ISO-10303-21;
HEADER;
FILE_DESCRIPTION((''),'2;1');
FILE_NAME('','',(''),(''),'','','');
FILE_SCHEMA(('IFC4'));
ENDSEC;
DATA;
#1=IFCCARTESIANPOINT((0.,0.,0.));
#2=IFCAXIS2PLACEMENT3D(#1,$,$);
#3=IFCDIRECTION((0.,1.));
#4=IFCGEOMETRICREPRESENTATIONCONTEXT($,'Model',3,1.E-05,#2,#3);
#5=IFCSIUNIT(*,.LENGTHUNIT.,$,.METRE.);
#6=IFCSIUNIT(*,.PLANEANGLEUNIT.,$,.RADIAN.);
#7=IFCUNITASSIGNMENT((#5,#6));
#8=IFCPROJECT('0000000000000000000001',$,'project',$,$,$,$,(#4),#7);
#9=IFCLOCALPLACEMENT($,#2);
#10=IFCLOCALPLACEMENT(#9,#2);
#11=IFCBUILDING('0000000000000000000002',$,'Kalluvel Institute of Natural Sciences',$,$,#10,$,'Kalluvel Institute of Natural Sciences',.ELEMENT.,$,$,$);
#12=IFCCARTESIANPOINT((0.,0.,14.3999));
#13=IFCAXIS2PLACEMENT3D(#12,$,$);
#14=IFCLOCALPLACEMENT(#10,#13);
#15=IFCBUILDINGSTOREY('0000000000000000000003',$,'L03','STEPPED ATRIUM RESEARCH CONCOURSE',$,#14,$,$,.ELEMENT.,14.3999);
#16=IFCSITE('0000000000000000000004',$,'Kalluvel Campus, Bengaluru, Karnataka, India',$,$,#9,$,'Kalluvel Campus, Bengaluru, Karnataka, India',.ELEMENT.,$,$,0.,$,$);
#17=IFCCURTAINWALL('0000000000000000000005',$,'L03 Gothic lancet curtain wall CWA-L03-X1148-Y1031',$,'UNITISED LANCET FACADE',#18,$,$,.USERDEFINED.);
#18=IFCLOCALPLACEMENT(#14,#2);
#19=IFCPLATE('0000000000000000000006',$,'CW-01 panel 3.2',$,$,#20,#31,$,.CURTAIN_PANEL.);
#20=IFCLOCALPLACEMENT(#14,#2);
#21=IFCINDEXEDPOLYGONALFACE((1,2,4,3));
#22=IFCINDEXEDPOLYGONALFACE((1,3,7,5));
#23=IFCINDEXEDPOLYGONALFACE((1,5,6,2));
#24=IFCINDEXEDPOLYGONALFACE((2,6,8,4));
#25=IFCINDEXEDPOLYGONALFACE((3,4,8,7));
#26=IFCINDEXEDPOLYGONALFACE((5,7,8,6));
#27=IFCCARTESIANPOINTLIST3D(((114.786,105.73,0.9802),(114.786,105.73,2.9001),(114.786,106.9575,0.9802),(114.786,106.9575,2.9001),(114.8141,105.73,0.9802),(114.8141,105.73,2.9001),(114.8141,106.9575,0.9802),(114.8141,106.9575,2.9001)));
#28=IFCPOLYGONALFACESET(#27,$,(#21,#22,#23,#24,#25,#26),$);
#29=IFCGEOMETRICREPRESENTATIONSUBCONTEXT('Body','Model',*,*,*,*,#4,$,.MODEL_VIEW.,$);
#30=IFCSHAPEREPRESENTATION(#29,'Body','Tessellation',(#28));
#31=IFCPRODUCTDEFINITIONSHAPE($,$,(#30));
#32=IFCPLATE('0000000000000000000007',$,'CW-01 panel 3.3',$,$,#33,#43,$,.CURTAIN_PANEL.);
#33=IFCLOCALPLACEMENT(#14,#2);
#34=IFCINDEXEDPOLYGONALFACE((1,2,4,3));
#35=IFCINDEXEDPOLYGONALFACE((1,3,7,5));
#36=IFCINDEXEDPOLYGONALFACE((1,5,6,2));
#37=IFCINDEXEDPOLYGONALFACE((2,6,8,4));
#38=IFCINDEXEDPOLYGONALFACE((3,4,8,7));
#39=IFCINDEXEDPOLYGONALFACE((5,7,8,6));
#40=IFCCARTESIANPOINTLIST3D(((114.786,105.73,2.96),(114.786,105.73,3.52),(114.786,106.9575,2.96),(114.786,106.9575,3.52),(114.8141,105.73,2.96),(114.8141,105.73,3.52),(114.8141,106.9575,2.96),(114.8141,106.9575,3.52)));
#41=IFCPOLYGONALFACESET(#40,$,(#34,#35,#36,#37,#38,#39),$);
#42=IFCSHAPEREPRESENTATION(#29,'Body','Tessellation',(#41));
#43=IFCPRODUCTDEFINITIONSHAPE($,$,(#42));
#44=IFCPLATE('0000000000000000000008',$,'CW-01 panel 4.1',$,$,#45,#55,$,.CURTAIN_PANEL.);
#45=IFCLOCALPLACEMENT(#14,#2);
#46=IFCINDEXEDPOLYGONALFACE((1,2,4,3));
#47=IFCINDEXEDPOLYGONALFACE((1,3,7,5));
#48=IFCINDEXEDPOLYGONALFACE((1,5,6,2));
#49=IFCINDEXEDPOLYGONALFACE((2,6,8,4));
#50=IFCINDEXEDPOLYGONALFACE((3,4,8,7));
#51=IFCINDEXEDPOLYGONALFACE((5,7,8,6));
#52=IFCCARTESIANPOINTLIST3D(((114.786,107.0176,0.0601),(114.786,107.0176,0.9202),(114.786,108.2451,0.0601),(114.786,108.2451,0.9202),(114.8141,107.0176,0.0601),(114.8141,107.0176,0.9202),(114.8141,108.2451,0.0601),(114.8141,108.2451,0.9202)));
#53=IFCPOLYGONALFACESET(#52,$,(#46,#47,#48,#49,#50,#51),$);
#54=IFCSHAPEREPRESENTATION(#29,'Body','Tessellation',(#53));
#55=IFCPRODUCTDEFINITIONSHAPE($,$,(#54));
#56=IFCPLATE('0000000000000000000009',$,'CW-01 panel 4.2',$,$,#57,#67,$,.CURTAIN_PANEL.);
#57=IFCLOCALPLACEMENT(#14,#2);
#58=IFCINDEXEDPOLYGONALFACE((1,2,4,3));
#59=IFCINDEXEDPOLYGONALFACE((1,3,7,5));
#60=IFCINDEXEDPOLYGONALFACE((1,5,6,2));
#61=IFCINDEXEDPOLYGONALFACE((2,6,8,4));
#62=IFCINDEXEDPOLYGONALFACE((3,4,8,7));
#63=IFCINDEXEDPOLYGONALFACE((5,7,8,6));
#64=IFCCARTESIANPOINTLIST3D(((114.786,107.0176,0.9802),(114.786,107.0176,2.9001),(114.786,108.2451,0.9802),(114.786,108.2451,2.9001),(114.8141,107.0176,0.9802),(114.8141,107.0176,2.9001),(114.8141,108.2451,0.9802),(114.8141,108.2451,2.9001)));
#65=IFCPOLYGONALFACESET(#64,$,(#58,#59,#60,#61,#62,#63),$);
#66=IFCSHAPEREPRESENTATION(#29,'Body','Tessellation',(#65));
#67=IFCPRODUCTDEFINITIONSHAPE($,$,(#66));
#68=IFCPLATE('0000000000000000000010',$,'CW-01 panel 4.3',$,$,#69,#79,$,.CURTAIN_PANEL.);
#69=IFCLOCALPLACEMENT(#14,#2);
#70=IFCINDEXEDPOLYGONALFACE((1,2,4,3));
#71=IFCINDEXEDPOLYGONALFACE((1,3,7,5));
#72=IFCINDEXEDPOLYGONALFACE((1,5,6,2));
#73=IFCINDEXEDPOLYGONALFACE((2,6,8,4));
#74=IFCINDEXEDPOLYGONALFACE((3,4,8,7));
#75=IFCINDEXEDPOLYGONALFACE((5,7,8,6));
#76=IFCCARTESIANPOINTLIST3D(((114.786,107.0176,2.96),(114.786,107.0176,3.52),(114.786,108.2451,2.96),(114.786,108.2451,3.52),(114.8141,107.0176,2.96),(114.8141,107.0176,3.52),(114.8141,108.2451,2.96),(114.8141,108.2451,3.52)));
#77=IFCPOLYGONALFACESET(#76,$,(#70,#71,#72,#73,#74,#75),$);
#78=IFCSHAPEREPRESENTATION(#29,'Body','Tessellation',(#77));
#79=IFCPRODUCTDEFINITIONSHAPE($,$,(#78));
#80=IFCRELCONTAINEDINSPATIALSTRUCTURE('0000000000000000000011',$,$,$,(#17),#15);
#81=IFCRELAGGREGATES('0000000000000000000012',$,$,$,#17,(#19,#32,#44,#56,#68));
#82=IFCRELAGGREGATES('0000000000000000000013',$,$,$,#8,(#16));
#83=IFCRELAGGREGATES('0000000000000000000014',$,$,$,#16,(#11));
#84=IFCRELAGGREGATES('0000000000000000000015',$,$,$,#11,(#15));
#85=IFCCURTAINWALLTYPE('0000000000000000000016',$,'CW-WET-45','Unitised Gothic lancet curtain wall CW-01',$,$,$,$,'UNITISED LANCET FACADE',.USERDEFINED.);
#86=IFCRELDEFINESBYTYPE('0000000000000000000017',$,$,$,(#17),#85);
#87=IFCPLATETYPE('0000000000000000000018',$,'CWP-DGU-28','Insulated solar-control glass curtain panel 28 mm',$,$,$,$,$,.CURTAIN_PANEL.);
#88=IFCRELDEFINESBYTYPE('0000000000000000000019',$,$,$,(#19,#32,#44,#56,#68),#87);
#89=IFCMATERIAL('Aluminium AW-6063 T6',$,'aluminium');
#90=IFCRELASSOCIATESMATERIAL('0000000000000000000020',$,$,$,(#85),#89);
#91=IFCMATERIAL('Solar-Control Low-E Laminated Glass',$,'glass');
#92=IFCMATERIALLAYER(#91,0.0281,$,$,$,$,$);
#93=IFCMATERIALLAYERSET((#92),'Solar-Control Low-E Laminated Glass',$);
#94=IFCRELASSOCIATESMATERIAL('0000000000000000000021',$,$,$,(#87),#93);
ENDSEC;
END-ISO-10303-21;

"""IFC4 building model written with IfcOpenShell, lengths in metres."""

from ifc_helpers import new_model, si_unit, direction, frame, origin, origin_2d, place, context, subcontext, project, spatial, rectangle, extrude, material, layer, layer_set, type_object, element, aggregate, save


model = new_model("IFC4")

# Units and contexts
model_context = context("Model", 3, precision=1e-05, world=origin(), true_north=direction((0.0, 1.0)))
body_context = subcontext(model_context, "Body", "Model", "MODEL_VIEW")
ifc_project = project(units=[si_unit("LENGTHUNIT", "METRE"), si_unit("PLANEANGLEUNIT", "RADIAN")], contexts=[model_context])

# Site, building, storey
site_placement = place(None, origin())
site = spatial("IfcSite", under=ifc_project, at=site_placement, Name="Kalluvel Campus, Bengaluru, Karnataka, India", LongName="Kalluvel Campus, Bengaluru, Karnataka, India", CompositionType="ELEMENT", RefElevation=0.0)
building_placement = place(site_placement, origin())
building = spatial("IfcBuilding", under=site, at=building_placement, Name="Kalluvel Institute of Natural Sciences", LongName="Kalluvel Institute of Natural Sciences", CompositionType="ELEMENT")
storey_placement = place(building_placement, frame((0.0, 0.0, 14.3999)))
storey = spatial("IfcBuildingStorey", under=building, at=storey_placement, Name="L03", Description="STEPPED ATRIUM RESEARCH CONCOURSE", CompositionType="ELEMENT", Elevation=14.3999)

# Curtain wall
ifc_material_1 = material(Name="Aluminium AW-6063 T6", Category="aluminium")
curtain_wall_type = type_object("IfcCurtainWallType", Name="CW-WET-45", Description="Unitised Gothic lancet curtain wall CW-01", ElementType="UNITISED LANCET FACADE", PredefinedType="USERDEFINED", material=ifc_material_1)
curtain_wall_placement = place(storey_placement, origin())
curtain_wall = element("IfcCurtainWall", 1, at=curtain_wall_placement, inside=storey, type_object=curtain_wall_type, Name="L03 Gothic lancet curtain wall CWA-L03-X1148-Y1031", ObjectType="UNITISED LANCET FACADE", PredefinedType="USERDEFINED")

# Plates
ifc_material_2 = material(Name="Solar-Control Low-E Laminated Glass", Category="glass")
ifc_layer = layer(ifc_material_2, 0.0281)
ifc_layer_set = layer_set([ifc_layer], Name="Solar-Control Low-E Laminated Glass")
plate_type = type_object("IfcPlateType", Name="CWP-DGU-28", Description="Insulated solar-control glass curtain panel 28 mm", PredefinedType="CURTAIN_PANEL", material=ifc_layer_set)
plate_1_placement = place(storey_placement, frame((114.8, 106.3438, 0.9802), z_axis=(0.0, 0.0, 1.0), x_axis=(0.0, 1.0, 0.0)))
plate_1 = element("IfcPlate", 2, at=plate_1_placement, type_object=plate_type, Name="CW-01 panel 3.2", PredefinedType="CURTAIN_PANEL", context=body_context, shape_type="SweptSolid", body=[
    extrude(rectangle(XDim=1.2275, YDim=0.0281, at=origin_2d()), origin(), (0.0, 0.0, 1.0), 1.9199),
])
plate_2_placement = place(storey_placement, frame((114.8, 106.3438, 2.96), z_axis=(0.0, 0.0, 1.0), x_axis=(0.0, 1.0, 0.0)))
plate_2 = element("IfcPlate", 3, at=plate_2_placement, type_object=plate_type, Name="CW-01 panel 3.3", PredefinedType="CURTAIN_PANEL", context=body_context, shape_type="SweptSolid", body=[
    extrude(rectangle(XDim=1.2275, YDim=0.0281, at=origin_2d()), origin(), (0.0, 0.0, 1.0), 0.5601),
])
plate_3_placement = place(storey_placement, frame((114.8, 107.6313, 0.0601), z_axis=(0.0, 0.0, 1.0), x_axis=(0.0, 1.0, 0.0)))
plate_3 = element("IfcPlate", 4, at=plate_3_placement, type_object=plate_type, Name="CW-01 panel 4.1", PredefinedType="CURTAIN_PANEL", context=body_context, shape_type="SweptSolid", body=[
    extrude(rectangle(XDim=1.2275, YDim=0.0281, at=origin_2d()), origin(), (0.0, 0.0, 1.0), 0.8601),
])
plate_4_placement = place(storey_placement, frame((114.8, 107.6313, 0.9802), z_axis=(0.0, 0.0, 1.0), x_axis=(0.0, 1.0, 0.0)))
plate_4 = element("IfcPlate", 5, at=plate_4_placement, type_object=plate_type, Name="CW-01 panel 4.2", PredefinedType="CURTAIN_PANEL", context=body_context, shape_type="SweptSolid", body=[
    extrude(rectangle(XDim=1.2275, YDim=0.0281, at=origin_2d()), origin(), (0.0, 0.0, 1.0), 1.9199),
])
plate_5_placement = place(storey_placement, frame((114.8, 107.6313, 2.96), z_axis=(0.0, 0.0, 1.0), x_axis=(0.0, 1.0, 0.0)))
plate_5 = element("IfcPlate", 6, at=plate_5_placement, type_object=plate_type, Name="CW-01 panel 4.3", PredefinedType="CURTAIN_PANEL", context=body_context, shape_type="SweptSolid", body=[
    extrude(rectangle(XDim=1.2275, YDim=0.0281, at=origin_2d()), origin(), (0.0, 0.0, 1.0), 0.5601),
])
aggregate(curtain_wall, [plate_1, plate_2, plate_3, plate_4, plate_5])

save(model, "model.ifc")
